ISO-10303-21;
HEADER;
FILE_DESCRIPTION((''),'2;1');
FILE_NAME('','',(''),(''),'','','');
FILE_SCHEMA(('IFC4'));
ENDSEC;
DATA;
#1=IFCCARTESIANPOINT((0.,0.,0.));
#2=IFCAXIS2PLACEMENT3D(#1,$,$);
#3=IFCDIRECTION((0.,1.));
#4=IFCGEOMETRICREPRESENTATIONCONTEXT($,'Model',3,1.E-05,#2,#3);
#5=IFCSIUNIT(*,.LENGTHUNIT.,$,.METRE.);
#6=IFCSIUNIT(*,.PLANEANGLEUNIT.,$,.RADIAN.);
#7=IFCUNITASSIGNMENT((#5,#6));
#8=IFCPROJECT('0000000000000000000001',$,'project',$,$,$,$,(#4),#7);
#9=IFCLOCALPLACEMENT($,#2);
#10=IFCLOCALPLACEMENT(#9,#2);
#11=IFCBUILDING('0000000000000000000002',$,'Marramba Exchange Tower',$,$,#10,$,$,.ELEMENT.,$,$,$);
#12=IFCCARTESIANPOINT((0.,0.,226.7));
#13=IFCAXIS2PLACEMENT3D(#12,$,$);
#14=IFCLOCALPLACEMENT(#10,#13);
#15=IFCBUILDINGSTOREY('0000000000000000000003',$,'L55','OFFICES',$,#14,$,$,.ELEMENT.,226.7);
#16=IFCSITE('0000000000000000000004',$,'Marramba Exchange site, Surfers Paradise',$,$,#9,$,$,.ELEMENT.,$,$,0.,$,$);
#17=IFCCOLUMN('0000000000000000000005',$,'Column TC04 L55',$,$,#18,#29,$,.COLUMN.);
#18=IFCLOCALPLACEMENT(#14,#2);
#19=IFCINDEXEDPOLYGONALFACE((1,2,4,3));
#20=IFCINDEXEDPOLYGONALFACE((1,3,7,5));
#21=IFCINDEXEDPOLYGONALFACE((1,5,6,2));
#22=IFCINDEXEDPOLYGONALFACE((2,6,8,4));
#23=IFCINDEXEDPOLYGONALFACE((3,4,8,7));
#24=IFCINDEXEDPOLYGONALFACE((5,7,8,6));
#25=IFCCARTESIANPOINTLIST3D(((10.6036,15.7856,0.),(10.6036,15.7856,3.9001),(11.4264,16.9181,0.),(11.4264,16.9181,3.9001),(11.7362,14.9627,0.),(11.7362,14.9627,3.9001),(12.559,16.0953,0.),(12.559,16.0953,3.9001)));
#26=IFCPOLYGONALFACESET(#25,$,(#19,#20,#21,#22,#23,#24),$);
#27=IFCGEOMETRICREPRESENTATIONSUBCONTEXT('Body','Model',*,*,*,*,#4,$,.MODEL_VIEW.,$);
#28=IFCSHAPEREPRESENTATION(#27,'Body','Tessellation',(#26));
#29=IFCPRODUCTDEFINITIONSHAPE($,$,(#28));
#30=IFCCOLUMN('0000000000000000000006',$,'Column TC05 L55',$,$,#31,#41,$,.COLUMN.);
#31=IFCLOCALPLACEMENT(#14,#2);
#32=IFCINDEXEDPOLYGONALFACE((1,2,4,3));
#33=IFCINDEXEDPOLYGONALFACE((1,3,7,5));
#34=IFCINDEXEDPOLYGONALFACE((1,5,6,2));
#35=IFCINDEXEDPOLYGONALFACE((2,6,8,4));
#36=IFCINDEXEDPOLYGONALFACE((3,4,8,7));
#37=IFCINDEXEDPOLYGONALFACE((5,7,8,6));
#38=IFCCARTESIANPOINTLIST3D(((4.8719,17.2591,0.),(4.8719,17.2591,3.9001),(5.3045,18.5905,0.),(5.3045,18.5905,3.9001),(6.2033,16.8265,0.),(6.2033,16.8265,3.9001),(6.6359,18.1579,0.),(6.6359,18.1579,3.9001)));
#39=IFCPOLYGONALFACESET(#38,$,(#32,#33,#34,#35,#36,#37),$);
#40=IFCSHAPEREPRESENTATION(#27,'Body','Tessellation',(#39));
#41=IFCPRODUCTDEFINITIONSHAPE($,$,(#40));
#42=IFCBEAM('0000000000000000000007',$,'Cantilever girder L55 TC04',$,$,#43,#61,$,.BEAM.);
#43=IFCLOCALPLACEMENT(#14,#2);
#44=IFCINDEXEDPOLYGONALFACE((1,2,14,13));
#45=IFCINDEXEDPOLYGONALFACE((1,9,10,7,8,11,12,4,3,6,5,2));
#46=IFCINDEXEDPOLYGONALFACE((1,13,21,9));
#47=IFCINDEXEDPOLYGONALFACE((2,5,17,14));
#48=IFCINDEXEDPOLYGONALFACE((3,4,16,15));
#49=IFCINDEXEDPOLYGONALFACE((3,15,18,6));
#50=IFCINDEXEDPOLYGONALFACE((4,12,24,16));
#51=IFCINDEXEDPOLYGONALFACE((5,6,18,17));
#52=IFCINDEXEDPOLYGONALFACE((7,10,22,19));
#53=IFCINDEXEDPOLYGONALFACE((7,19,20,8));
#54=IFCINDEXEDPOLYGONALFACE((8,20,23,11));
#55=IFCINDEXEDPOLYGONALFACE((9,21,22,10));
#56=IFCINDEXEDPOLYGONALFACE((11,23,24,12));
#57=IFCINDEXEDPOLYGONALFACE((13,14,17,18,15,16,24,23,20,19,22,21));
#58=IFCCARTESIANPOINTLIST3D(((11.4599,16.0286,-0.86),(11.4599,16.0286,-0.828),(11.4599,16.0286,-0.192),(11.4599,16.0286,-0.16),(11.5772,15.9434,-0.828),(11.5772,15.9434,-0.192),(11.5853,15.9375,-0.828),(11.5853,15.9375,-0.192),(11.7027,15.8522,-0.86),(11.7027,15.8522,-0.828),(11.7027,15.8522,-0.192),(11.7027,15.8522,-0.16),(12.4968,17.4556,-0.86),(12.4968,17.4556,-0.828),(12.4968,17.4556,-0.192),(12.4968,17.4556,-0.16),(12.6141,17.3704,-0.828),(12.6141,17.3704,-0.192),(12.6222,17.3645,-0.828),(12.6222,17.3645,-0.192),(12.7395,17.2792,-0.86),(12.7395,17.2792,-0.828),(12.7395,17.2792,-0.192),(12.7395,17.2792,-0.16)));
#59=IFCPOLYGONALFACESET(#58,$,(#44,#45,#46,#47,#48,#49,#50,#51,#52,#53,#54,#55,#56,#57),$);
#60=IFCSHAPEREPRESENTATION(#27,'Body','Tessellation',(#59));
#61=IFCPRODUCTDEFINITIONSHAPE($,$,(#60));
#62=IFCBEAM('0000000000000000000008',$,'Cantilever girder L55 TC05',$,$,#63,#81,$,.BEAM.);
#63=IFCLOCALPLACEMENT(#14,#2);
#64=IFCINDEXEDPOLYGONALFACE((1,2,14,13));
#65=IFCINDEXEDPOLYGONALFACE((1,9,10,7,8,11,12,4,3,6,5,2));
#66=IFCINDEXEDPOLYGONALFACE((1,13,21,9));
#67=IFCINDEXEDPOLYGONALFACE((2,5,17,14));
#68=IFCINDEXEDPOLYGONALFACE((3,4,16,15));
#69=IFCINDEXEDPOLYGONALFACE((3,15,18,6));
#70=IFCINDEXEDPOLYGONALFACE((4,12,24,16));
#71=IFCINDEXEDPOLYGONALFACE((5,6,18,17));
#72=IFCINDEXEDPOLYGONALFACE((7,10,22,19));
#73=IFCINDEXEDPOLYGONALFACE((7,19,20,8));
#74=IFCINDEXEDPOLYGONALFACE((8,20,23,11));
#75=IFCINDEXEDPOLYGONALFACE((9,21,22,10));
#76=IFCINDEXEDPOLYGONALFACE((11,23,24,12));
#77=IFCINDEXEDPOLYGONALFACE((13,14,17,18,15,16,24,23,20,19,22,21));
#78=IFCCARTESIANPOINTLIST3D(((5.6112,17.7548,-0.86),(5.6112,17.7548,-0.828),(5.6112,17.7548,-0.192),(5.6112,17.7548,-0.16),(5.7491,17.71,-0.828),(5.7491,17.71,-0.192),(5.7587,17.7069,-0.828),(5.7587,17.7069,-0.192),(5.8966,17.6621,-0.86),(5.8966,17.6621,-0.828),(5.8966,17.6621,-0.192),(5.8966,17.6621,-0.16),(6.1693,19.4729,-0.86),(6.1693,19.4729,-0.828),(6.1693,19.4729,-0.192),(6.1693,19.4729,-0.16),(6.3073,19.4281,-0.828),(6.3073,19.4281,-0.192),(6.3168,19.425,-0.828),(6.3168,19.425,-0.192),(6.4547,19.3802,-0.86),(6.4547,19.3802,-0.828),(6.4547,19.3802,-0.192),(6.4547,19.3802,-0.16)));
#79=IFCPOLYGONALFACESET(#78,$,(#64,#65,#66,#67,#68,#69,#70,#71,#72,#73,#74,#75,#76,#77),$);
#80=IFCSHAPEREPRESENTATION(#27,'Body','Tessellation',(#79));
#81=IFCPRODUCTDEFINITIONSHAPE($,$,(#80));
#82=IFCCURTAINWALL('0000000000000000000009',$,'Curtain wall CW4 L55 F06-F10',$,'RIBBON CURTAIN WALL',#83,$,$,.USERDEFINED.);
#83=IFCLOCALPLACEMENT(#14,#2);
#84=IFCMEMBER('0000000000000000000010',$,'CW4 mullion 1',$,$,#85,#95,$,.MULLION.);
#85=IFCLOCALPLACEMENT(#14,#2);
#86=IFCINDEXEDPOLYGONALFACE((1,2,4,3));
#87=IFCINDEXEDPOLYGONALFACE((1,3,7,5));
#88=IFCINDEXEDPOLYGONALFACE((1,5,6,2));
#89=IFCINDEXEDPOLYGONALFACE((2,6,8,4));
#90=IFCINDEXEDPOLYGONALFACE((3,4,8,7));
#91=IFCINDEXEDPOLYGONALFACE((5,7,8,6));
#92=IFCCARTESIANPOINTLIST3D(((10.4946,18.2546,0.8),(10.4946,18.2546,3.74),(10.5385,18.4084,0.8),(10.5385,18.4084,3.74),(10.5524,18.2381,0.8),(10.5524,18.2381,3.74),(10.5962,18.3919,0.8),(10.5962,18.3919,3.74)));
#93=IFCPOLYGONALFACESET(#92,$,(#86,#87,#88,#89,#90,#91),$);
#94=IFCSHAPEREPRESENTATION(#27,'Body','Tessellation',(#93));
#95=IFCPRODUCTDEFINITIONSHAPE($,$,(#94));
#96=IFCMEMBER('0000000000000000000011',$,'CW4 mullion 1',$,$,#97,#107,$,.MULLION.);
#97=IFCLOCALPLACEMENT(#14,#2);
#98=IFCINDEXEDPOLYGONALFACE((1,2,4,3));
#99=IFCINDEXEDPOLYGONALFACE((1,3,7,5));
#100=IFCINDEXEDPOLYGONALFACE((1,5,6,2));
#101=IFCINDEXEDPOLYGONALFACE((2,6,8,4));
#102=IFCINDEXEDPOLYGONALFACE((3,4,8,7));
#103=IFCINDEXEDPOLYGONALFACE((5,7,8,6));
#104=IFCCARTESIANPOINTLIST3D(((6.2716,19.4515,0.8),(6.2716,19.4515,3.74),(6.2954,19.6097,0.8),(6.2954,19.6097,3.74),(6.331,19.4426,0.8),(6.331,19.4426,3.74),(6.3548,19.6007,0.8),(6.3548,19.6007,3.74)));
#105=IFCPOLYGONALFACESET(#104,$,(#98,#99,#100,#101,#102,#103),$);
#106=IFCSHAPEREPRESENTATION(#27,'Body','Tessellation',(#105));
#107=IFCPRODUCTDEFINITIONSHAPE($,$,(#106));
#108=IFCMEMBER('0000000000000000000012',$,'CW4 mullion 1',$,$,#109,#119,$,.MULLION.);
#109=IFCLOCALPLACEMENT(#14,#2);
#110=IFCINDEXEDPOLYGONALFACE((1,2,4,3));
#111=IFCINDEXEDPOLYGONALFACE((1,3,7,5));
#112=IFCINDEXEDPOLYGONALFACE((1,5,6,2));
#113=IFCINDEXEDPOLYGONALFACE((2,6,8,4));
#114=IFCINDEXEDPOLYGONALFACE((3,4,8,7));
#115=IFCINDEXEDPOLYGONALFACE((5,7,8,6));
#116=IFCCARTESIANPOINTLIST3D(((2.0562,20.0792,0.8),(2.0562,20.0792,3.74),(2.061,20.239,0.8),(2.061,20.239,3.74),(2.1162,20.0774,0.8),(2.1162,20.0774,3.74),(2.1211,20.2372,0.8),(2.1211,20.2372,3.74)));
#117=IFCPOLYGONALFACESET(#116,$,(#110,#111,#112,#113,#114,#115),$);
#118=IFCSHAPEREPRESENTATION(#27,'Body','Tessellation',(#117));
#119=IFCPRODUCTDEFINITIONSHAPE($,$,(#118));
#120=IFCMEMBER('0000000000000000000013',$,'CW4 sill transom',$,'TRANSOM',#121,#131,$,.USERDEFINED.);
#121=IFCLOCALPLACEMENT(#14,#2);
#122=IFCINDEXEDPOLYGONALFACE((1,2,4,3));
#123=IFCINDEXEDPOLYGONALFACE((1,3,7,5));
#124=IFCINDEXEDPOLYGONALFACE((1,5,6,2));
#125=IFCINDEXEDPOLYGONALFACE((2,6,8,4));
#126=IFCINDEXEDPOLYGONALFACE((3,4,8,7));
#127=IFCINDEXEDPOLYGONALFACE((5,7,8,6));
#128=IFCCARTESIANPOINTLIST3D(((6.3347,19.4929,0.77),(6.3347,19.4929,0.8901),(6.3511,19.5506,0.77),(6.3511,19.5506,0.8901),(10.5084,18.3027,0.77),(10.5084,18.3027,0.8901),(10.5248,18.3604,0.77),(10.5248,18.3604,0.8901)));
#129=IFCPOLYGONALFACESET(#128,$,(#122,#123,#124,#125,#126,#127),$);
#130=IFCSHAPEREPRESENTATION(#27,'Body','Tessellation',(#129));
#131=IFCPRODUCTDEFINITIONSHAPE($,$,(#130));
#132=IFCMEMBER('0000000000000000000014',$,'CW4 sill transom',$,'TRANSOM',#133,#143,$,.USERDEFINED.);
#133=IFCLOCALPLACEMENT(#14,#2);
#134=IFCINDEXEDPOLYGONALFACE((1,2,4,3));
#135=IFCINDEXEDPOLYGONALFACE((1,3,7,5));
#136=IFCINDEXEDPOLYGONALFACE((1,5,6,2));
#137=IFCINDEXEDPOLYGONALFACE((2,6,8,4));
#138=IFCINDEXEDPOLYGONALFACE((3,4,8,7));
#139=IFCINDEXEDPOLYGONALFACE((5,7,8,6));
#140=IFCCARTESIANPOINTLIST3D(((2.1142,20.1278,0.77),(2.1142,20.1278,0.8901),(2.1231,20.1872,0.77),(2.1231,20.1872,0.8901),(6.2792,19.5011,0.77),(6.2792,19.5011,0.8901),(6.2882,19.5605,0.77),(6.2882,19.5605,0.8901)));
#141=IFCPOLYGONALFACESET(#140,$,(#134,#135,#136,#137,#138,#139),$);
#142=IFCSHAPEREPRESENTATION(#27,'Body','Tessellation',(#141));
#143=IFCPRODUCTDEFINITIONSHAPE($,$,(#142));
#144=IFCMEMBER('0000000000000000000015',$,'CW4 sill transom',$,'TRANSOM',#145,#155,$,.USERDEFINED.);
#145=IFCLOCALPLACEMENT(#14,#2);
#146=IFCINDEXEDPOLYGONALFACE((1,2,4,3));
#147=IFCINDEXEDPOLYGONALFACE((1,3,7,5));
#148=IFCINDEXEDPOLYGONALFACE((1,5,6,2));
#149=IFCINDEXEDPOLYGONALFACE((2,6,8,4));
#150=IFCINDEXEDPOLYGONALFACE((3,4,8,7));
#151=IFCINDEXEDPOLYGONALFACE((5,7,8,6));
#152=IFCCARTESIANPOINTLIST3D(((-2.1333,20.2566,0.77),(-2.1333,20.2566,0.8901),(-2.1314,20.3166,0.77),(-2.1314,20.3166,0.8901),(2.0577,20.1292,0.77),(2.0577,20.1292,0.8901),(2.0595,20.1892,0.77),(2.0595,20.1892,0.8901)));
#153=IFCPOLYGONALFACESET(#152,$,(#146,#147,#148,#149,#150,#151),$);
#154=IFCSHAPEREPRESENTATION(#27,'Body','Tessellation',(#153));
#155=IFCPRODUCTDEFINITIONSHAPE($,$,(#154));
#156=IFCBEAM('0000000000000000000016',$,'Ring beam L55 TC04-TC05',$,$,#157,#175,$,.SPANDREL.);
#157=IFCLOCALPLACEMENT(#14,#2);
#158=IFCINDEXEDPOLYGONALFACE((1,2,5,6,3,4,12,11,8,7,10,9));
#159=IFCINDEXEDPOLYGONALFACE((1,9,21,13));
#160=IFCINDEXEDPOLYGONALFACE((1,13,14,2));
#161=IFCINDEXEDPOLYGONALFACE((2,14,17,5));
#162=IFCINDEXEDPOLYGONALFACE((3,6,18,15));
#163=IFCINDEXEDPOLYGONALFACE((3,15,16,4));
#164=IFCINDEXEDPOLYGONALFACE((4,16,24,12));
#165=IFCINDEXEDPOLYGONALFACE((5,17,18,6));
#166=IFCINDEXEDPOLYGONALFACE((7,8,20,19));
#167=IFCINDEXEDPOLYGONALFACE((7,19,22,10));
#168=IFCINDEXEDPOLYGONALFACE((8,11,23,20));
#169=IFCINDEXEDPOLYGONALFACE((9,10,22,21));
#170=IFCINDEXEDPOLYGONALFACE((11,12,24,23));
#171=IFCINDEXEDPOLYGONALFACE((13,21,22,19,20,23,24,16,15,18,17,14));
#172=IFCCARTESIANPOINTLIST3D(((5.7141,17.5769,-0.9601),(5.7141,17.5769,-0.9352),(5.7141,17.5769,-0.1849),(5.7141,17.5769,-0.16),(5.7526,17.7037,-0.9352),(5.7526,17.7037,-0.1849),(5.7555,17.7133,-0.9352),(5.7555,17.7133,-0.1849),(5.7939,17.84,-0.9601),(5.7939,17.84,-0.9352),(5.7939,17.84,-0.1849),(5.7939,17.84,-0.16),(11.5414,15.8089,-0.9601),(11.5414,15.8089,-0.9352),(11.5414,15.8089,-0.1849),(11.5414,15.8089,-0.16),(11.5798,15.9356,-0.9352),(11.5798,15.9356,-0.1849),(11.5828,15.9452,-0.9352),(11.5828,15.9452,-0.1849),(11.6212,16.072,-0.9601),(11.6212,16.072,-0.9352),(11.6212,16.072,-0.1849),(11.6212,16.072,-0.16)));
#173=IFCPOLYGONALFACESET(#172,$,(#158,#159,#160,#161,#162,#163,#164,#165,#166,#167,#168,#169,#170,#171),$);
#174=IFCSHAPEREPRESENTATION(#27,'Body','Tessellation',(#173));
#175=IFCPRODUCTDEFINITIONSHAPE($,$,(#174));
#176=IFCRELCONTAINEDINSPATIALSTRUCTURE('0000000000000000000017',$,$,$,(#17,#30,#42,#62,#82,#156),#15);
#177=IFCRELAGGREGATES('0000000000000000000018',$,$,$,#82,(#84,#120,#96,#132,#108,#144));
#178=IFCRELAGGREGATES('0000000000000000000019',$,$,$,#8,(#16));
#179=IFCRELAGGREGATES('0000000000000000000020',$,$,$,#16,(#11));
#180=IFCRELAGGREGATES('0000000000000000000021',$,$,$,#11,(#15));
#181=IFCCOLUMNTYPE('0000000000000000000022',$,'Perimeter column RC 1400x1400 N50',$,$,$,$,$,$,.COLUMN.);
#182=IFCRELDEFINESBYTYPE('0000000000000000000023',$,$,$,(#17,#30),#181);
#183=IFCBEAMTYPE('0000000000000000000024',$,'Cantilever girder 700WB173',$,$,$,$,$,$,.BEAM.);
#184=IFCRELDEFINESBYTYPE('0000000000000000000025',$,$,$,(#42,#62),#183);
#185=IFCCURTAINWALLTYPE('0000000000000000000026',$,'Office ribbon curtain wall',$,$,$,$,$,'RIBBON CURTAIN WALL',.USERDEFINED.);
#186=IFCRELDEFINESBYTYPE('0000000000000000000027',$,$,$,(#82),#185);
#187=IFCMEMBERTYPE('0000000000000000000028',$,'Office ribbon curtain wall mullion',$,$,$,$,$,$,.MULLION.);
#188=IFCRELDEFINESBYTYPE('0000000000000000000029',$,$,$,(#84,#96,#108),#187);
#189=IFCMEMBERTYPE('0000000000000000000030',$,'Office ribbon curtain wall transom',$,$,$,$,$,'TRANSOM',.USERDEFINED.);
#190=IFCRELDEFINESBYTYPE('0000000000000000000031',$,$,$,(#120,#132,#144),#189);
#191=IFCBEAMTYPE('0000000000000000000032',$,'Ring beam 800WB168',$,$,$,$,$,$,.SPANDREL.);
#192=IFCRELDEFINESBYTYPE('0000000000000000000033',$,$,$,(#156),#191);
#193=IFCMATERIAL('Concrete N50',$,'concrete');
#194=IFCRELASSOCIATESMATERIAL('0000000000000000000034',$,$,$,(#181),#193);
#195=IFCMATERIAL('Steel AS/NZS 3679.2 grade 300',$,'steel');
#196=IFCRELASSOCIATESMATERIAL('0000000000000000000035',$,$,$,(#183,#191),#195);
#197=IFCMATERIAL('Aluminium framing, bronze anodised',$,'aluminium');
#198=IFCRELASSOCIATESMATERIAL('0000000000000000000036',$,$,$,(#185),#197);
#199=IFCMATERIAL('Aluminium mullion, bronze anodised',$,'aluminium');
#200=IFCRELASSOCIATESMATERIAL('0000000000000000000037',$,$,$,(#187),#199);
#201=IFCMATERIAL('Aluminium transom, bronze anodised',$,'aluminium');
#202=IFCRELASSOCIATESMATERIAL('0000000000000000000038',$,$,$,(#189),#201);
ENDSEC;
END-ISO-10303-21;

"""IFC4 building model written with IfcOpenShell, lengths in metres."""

from ifc_helpers import new_model, si_unit, direction, frame, origin, origin_2d, place, context, subcontext, project, spatial, rectangle, i_section, extrude, material, material_profile, profile_set, type_object, element, aggregate, save


model = new_model("IFC4")

# Units and contexts
model_context = context("Model", 3, precision=1e-05, world=origin(), true_north=direction((0.0, 1.0)))
body_context = subcontext(model_context, "Body", "Model", "MODEL_VIEW")
ifc_project = project(units=[si_unit("LENGTHUNIT", "METRE"), si_unit("PLANEANGLEUNIT", "RADIAN")], contexts=[model_context])

# Site, building, storey
site_placement = place(None, origin())
site = spatial("IfcSite", under=ifc_project, at=site_placement, Name="Marramba Exchange site, Surfers Paradise", CompositionType="ELEMENT", RefElevation=0.0)
building_placement = place(site_placement, origin())
building = spatial("IfcBuilding", under=site, at=building_placement, Name="Marramba Exchange Tower", CompositionType="ELEMENT")
storey_placement = place(building_placement, frame((0.0, 0.0, 226.7)))
storey = spatial("IfcBuildingStorey", under=building, at=storey_placement, Name="L55", Description="OFFICES", CompositionType="ELEMENT", Elevation=226.7)

# Columns
ifc_material_1 = material(Name="Concrete N50", Category="concrete")
ifc_material_profile_1 = material_profile(ifc_material_1, rectangle(XDim=1.3999, YDim=1.3999, at=origin_2d()), Name="RC 1400x1400")
ifc_profile_set_1 = profile_set([ifc_material_profile_1], Name="Concrete N50")
column_type = type_object("IfcColumnType", Name="Perimeter column RC 1400x1400 N50", PredefinedType="COLUMN", material=ifc_profile_set_1)
for number, where, z_axis, x_axis, name in (
    (1, (11.5813, 15.9404, 0.0), (0.0, 0.0, 1.0), (0.587785, 0.809017, 0.0), "Column TC04 L55"),
    (2, (5.7539, 17.7085, 0.0), (0.0, 0.0, 1.0), (0.309017, 0.951057, 0.0), "Column TC05 L55"),
):
    element("IfcColumn", number, at=place(storey_placement, frame(where, z_axis=z_axis, x_axis=x_axis)), inside=storey, type_object=column_type, Name=name, PredefinedType="COLUMN", context=body_context, shape_type="SweptSolid", body=[
        extrude(rectangle(XDim=1.3999, YDim=1.3999, at=origin_2d()), origin(), (0.0, 0.0, 1.0), 3.9001),
    ])

# Beams
ifc_material_2 = material(Name="Steel AS/NZS 3679.2 grade 300", Category="steel")
ifc_material_profile_2 = material_profile(ifc_material_2, i_section(OverallWidth=0.3, OverallDepth=0.7, WebThickness=0.01, FlangeThickness=0.032, at=origin_2d()), Name="700WB173")
ifc_profile_set_2 = profile_set([ifc_material_profile_2], Name="Steel AS/NZS 3679.2 grade 300")
beam_type_1 = type_object("IfcBeamType", Name="Cantilever girder 700WB173", PredefinedType="BEAM", material=ifc_profile_set_2)
beam_1_placement = place(storey_placement, frame((11.5813, 15.9404, -0.51), z_axis=(0.587818, 0.808993, 0.0), x_axis=(-0.808993, 0.587818, 0.0)))
element("IfcBeam", 3, at=beam_1_placement, inside=storey, type_object=beam_type_1, Name="Cantilever girder L55 TC04", PredefinedType="BEAM", context=body_context, shape_type="SweptSolid", body=[
    extrude(i_section(OverallWidth=0.3, OverallDepth=0.7, WebThickness=0.01, FlangeThickness=0.032, at=origin_2d()), origin(), (0.0, 0.0, 1.0), 1.7639),
])
beam_2_placement = place(storey_placement, frame((5.7539, 17.7085, -0.51), z_axis=(0.308961, 0.951075, 0.0), x_axis=(-0.951075, 0.308961, 0.0)))
element("IfcBeam", 4, at=beam_2_placement, inside=storey, type_object=beam_type_1, Name="Cantilever girder L55 TC05", PredefinedType="BEAM", context=body_context, shape_type="SweptSolid", body=[
    extrude(i_section(OverallWidth=0.3, OverallDepth=0.7, WebThickness=0.01, FlangeThickness=0.032, at=origin_2d()), origin(), (0.0, 0.0, 1.0), 1.8064),
])

# Curtain wall, members
ifc_material_3 = material(Name="Aluminium framing, bronze anodised", Category="aluminium")
curtain_wall_type = type_object("IfcCurtainWallType", Name="Office ribbon curtain wall", ElementType="RIBBON CURTAIN WALL", PredefinedType="USERDEFINED", material=ifc_material_3)
curtain_wall_placement = place(storey_placement, origin())
curtain_wall = element("IfcCurtainWall", 5, at=curtain_wall_placement, inside=storey, type_object=curtain_wall_type, Name="Curtain wall CW4 L55 F06-F10", ObjectType="RIBBON CURTAIN WALL", PredefinedType="USERDEFINED")
ifc_material_4 = material(Name="Aluminium mullion, bronze anodised", Category="aluminium")
ifc_material_profile_3 = material_profile(ifc_material_4, rectangle(XDim=0.1599, YDim=0.0601, at=origin_2d()), Name="CW4 mullion 60x160")
ifc_profile_set_3 = profile_set([ifc_material_profile_3], Name="Aluminium mullion, bronze anodised")
member_type_1 = type_object("IfcMemberType", Name="Office ribbon curtain wall mullion", PredefinedType="MULLION", material=ifc_profile_set_3)
member_1_placement = place(storey_placement, frame((10.5454, 18.3232, 0.8), z_axis=(0.0, 0.0, 1.0), x_axis=(-0.274248, -0.961659, 0.0)))
member_1 = element("IfcMember", 6, at=member_1_placement, type_object=member_type_1, Name="CW4 mullion 1", PredefinedType="MULLION", context=body_context, shape_type="SweptSolid", body=[
    extrude(rectangle(XDim=0.1599, YDim=0.0601, at=origin_2d()), origin(), (0.0, 0.0, 1.0), 2.9399),
])
member_2_placement = place(storey_placement, frame((6.3132, 19.5261, 0.8), z_axis=(0.0, 0.0, 1.0), x_axis=(-0.148795, -0.988868, 0.0)))
member_2 = element("IfcMember", 7, at=member_2_placement, type_object=member_type_1, Name="CW4 mullion 1", PredefinedType="MULLION", context=body_context, shape_type="SweptSolid", body=[
    extrude(rectangle(XDim=0.1599, YDim=0.0601, at=origin_2d()), origin(), (0.0, 0.0, 1.0), 2.9399),
])
member_3_placement = place(storey_placement, frame((2.0886, 20.1582, 0.8), z_axis=(0.0, 0.0, 1.0), x_axis=(-0.030394, -0.999538, 0.0)))
member_3 = element("IfcMember", 8, at=member_3_placement, type_object=member_type_1, Name="CW4 mullion 1", PredefinedType="MULLION", context=body_context, shape_type="SweptSolid", body=[
    extrude(rectangle(XDim=0.1599, YDim=0.0601, at=origin_2d()), origin(), (0.0, 0.0, 1.0), 2.9399),
])
ifc_material_5 = material(Name="Aluminium transom, bronze anodised", Category="aluminium")
ifc_material_profile_4 = material_profile(ifc_material_5, rectangle(XDim=0.0601, YDim=0.1201, at=origin_2d()), Name="CW4 transom 60x120")
ifc_profile_set_4 = profile_set([ifc_material_profile_4], Name="Aluminium transom, bronze anodised")
member_type_2 = type_object("IfcMemberType", Name="Office ribbon curtain wall transom", ElementType="TRANSOM", PredefinedType="USERDEFINED", material=ifc_profile_set_4)
member_4_placement = place(storey_placement, frame((10.5166, 18.3315, 0.8301), z_axis=(-0.961662, 0.274238, 0.0), x_axis=(-0.274238, -0.961662, 0.0)))
member_4 = element("IfcMember", 9, at=member_4_placement, type_object=member_type_2, Name="CW4 sill transom", ObjectType="TRANSOM", PredefinedType="USERDEFINED", context=body_context, shape_type="SweptSolid", body=[
    extrude(rectangle(XDim=0.0601, YDim=0.1201, at=origin_2d()), origin(), (0.0, 0.0, 1.0), 4.3401),
])
member_5_placement = place(storey_placement, frame((6.2837, 19.5308, 0.8301), z_axis=(-0.988868, 0.148794, 0.0), x_axis=(-0.148794, -0.988868, 0.0)))
member_5 = element("IfcMember", 10, at=member_5_placement, type_object=member_type_2, Name="CW4 sill transom", ObjectType="TRANSOM", PredefinedType="USERDEFINED", context=body_context, shape_type="SweptSolid", body=[
    extrude(rectangle(XDim=0.0601, YDim=0.1201, at=origin_2d()), origin(), (0.0, 0.0, 1.0), 4.2119),
])
member_6_placement = place(storey_placement, frame((2.0586, 20.1592, 0.8301), z_axis=(-0.999538, 0.030395, 0.0), x_axis=(-0.030395, -0.999538, 0.0)))
member_6 = element("IfcMember", 11, at=member_6_placement, type_object=member_type_2, Name="CW4 sill transom", ObjectType="TRANSOM", PredefinedType="USERDEFINED", context=body_context, shape_type="SweptSolid", body=[
    extrude(rectangle(XDim=0.0601, YDim=0.1201, at=origin_2d()), origin(), (0.0, 0.0, 1.0), 4.1929),
])

# Beam
ifc_material_profile_5 = material_profile(ifc_material_2, i_section(OverallWidth=0.2749, OverallDepth=0.8, WebThickness=0.01, FlangeThickness=0.0249, at=origin_2d()), Name="800WB168")
ifc_profile_set_5 = profile_set([ifc_material_profile_5], Name="Steel AS/NZS 3679.2 grade 300")
beam_type_2 = type_object("IfcBeamType", Name="Ring beam 800WB168", PredefinedType="SPANDREL", material=ifc_profile_set_5)
beam_3_placement = place(storey_placement, frame((11.5813, 15.9404, -0.5601), z_axis=(-0.956925, 0.290337, 0.0), x_axis=(-0.290337, -0.956925, 0.0)))
element("IfcBeam", 12, at=beam_3_placement, inside=storey, type_object=beam_type_2, Name="Ring beam L55 TC04-TC05", PredefinedType="SPANDREL", context=body_context, shape_type="SweptSolid", body=[
    extrude(i_section(OverallWidth=0.2749, OverallDepth=0.8, WebThickness=0.01, FlangeThickness=0.0249, at=origin_2d()), origin(), (0.0, 0.0, 1.0), 6.0896),
])

aggregate(curtain_wall, [member_1, member_4, member_2, member_5, member_3, member_6])

save(model, "model.ifc")
